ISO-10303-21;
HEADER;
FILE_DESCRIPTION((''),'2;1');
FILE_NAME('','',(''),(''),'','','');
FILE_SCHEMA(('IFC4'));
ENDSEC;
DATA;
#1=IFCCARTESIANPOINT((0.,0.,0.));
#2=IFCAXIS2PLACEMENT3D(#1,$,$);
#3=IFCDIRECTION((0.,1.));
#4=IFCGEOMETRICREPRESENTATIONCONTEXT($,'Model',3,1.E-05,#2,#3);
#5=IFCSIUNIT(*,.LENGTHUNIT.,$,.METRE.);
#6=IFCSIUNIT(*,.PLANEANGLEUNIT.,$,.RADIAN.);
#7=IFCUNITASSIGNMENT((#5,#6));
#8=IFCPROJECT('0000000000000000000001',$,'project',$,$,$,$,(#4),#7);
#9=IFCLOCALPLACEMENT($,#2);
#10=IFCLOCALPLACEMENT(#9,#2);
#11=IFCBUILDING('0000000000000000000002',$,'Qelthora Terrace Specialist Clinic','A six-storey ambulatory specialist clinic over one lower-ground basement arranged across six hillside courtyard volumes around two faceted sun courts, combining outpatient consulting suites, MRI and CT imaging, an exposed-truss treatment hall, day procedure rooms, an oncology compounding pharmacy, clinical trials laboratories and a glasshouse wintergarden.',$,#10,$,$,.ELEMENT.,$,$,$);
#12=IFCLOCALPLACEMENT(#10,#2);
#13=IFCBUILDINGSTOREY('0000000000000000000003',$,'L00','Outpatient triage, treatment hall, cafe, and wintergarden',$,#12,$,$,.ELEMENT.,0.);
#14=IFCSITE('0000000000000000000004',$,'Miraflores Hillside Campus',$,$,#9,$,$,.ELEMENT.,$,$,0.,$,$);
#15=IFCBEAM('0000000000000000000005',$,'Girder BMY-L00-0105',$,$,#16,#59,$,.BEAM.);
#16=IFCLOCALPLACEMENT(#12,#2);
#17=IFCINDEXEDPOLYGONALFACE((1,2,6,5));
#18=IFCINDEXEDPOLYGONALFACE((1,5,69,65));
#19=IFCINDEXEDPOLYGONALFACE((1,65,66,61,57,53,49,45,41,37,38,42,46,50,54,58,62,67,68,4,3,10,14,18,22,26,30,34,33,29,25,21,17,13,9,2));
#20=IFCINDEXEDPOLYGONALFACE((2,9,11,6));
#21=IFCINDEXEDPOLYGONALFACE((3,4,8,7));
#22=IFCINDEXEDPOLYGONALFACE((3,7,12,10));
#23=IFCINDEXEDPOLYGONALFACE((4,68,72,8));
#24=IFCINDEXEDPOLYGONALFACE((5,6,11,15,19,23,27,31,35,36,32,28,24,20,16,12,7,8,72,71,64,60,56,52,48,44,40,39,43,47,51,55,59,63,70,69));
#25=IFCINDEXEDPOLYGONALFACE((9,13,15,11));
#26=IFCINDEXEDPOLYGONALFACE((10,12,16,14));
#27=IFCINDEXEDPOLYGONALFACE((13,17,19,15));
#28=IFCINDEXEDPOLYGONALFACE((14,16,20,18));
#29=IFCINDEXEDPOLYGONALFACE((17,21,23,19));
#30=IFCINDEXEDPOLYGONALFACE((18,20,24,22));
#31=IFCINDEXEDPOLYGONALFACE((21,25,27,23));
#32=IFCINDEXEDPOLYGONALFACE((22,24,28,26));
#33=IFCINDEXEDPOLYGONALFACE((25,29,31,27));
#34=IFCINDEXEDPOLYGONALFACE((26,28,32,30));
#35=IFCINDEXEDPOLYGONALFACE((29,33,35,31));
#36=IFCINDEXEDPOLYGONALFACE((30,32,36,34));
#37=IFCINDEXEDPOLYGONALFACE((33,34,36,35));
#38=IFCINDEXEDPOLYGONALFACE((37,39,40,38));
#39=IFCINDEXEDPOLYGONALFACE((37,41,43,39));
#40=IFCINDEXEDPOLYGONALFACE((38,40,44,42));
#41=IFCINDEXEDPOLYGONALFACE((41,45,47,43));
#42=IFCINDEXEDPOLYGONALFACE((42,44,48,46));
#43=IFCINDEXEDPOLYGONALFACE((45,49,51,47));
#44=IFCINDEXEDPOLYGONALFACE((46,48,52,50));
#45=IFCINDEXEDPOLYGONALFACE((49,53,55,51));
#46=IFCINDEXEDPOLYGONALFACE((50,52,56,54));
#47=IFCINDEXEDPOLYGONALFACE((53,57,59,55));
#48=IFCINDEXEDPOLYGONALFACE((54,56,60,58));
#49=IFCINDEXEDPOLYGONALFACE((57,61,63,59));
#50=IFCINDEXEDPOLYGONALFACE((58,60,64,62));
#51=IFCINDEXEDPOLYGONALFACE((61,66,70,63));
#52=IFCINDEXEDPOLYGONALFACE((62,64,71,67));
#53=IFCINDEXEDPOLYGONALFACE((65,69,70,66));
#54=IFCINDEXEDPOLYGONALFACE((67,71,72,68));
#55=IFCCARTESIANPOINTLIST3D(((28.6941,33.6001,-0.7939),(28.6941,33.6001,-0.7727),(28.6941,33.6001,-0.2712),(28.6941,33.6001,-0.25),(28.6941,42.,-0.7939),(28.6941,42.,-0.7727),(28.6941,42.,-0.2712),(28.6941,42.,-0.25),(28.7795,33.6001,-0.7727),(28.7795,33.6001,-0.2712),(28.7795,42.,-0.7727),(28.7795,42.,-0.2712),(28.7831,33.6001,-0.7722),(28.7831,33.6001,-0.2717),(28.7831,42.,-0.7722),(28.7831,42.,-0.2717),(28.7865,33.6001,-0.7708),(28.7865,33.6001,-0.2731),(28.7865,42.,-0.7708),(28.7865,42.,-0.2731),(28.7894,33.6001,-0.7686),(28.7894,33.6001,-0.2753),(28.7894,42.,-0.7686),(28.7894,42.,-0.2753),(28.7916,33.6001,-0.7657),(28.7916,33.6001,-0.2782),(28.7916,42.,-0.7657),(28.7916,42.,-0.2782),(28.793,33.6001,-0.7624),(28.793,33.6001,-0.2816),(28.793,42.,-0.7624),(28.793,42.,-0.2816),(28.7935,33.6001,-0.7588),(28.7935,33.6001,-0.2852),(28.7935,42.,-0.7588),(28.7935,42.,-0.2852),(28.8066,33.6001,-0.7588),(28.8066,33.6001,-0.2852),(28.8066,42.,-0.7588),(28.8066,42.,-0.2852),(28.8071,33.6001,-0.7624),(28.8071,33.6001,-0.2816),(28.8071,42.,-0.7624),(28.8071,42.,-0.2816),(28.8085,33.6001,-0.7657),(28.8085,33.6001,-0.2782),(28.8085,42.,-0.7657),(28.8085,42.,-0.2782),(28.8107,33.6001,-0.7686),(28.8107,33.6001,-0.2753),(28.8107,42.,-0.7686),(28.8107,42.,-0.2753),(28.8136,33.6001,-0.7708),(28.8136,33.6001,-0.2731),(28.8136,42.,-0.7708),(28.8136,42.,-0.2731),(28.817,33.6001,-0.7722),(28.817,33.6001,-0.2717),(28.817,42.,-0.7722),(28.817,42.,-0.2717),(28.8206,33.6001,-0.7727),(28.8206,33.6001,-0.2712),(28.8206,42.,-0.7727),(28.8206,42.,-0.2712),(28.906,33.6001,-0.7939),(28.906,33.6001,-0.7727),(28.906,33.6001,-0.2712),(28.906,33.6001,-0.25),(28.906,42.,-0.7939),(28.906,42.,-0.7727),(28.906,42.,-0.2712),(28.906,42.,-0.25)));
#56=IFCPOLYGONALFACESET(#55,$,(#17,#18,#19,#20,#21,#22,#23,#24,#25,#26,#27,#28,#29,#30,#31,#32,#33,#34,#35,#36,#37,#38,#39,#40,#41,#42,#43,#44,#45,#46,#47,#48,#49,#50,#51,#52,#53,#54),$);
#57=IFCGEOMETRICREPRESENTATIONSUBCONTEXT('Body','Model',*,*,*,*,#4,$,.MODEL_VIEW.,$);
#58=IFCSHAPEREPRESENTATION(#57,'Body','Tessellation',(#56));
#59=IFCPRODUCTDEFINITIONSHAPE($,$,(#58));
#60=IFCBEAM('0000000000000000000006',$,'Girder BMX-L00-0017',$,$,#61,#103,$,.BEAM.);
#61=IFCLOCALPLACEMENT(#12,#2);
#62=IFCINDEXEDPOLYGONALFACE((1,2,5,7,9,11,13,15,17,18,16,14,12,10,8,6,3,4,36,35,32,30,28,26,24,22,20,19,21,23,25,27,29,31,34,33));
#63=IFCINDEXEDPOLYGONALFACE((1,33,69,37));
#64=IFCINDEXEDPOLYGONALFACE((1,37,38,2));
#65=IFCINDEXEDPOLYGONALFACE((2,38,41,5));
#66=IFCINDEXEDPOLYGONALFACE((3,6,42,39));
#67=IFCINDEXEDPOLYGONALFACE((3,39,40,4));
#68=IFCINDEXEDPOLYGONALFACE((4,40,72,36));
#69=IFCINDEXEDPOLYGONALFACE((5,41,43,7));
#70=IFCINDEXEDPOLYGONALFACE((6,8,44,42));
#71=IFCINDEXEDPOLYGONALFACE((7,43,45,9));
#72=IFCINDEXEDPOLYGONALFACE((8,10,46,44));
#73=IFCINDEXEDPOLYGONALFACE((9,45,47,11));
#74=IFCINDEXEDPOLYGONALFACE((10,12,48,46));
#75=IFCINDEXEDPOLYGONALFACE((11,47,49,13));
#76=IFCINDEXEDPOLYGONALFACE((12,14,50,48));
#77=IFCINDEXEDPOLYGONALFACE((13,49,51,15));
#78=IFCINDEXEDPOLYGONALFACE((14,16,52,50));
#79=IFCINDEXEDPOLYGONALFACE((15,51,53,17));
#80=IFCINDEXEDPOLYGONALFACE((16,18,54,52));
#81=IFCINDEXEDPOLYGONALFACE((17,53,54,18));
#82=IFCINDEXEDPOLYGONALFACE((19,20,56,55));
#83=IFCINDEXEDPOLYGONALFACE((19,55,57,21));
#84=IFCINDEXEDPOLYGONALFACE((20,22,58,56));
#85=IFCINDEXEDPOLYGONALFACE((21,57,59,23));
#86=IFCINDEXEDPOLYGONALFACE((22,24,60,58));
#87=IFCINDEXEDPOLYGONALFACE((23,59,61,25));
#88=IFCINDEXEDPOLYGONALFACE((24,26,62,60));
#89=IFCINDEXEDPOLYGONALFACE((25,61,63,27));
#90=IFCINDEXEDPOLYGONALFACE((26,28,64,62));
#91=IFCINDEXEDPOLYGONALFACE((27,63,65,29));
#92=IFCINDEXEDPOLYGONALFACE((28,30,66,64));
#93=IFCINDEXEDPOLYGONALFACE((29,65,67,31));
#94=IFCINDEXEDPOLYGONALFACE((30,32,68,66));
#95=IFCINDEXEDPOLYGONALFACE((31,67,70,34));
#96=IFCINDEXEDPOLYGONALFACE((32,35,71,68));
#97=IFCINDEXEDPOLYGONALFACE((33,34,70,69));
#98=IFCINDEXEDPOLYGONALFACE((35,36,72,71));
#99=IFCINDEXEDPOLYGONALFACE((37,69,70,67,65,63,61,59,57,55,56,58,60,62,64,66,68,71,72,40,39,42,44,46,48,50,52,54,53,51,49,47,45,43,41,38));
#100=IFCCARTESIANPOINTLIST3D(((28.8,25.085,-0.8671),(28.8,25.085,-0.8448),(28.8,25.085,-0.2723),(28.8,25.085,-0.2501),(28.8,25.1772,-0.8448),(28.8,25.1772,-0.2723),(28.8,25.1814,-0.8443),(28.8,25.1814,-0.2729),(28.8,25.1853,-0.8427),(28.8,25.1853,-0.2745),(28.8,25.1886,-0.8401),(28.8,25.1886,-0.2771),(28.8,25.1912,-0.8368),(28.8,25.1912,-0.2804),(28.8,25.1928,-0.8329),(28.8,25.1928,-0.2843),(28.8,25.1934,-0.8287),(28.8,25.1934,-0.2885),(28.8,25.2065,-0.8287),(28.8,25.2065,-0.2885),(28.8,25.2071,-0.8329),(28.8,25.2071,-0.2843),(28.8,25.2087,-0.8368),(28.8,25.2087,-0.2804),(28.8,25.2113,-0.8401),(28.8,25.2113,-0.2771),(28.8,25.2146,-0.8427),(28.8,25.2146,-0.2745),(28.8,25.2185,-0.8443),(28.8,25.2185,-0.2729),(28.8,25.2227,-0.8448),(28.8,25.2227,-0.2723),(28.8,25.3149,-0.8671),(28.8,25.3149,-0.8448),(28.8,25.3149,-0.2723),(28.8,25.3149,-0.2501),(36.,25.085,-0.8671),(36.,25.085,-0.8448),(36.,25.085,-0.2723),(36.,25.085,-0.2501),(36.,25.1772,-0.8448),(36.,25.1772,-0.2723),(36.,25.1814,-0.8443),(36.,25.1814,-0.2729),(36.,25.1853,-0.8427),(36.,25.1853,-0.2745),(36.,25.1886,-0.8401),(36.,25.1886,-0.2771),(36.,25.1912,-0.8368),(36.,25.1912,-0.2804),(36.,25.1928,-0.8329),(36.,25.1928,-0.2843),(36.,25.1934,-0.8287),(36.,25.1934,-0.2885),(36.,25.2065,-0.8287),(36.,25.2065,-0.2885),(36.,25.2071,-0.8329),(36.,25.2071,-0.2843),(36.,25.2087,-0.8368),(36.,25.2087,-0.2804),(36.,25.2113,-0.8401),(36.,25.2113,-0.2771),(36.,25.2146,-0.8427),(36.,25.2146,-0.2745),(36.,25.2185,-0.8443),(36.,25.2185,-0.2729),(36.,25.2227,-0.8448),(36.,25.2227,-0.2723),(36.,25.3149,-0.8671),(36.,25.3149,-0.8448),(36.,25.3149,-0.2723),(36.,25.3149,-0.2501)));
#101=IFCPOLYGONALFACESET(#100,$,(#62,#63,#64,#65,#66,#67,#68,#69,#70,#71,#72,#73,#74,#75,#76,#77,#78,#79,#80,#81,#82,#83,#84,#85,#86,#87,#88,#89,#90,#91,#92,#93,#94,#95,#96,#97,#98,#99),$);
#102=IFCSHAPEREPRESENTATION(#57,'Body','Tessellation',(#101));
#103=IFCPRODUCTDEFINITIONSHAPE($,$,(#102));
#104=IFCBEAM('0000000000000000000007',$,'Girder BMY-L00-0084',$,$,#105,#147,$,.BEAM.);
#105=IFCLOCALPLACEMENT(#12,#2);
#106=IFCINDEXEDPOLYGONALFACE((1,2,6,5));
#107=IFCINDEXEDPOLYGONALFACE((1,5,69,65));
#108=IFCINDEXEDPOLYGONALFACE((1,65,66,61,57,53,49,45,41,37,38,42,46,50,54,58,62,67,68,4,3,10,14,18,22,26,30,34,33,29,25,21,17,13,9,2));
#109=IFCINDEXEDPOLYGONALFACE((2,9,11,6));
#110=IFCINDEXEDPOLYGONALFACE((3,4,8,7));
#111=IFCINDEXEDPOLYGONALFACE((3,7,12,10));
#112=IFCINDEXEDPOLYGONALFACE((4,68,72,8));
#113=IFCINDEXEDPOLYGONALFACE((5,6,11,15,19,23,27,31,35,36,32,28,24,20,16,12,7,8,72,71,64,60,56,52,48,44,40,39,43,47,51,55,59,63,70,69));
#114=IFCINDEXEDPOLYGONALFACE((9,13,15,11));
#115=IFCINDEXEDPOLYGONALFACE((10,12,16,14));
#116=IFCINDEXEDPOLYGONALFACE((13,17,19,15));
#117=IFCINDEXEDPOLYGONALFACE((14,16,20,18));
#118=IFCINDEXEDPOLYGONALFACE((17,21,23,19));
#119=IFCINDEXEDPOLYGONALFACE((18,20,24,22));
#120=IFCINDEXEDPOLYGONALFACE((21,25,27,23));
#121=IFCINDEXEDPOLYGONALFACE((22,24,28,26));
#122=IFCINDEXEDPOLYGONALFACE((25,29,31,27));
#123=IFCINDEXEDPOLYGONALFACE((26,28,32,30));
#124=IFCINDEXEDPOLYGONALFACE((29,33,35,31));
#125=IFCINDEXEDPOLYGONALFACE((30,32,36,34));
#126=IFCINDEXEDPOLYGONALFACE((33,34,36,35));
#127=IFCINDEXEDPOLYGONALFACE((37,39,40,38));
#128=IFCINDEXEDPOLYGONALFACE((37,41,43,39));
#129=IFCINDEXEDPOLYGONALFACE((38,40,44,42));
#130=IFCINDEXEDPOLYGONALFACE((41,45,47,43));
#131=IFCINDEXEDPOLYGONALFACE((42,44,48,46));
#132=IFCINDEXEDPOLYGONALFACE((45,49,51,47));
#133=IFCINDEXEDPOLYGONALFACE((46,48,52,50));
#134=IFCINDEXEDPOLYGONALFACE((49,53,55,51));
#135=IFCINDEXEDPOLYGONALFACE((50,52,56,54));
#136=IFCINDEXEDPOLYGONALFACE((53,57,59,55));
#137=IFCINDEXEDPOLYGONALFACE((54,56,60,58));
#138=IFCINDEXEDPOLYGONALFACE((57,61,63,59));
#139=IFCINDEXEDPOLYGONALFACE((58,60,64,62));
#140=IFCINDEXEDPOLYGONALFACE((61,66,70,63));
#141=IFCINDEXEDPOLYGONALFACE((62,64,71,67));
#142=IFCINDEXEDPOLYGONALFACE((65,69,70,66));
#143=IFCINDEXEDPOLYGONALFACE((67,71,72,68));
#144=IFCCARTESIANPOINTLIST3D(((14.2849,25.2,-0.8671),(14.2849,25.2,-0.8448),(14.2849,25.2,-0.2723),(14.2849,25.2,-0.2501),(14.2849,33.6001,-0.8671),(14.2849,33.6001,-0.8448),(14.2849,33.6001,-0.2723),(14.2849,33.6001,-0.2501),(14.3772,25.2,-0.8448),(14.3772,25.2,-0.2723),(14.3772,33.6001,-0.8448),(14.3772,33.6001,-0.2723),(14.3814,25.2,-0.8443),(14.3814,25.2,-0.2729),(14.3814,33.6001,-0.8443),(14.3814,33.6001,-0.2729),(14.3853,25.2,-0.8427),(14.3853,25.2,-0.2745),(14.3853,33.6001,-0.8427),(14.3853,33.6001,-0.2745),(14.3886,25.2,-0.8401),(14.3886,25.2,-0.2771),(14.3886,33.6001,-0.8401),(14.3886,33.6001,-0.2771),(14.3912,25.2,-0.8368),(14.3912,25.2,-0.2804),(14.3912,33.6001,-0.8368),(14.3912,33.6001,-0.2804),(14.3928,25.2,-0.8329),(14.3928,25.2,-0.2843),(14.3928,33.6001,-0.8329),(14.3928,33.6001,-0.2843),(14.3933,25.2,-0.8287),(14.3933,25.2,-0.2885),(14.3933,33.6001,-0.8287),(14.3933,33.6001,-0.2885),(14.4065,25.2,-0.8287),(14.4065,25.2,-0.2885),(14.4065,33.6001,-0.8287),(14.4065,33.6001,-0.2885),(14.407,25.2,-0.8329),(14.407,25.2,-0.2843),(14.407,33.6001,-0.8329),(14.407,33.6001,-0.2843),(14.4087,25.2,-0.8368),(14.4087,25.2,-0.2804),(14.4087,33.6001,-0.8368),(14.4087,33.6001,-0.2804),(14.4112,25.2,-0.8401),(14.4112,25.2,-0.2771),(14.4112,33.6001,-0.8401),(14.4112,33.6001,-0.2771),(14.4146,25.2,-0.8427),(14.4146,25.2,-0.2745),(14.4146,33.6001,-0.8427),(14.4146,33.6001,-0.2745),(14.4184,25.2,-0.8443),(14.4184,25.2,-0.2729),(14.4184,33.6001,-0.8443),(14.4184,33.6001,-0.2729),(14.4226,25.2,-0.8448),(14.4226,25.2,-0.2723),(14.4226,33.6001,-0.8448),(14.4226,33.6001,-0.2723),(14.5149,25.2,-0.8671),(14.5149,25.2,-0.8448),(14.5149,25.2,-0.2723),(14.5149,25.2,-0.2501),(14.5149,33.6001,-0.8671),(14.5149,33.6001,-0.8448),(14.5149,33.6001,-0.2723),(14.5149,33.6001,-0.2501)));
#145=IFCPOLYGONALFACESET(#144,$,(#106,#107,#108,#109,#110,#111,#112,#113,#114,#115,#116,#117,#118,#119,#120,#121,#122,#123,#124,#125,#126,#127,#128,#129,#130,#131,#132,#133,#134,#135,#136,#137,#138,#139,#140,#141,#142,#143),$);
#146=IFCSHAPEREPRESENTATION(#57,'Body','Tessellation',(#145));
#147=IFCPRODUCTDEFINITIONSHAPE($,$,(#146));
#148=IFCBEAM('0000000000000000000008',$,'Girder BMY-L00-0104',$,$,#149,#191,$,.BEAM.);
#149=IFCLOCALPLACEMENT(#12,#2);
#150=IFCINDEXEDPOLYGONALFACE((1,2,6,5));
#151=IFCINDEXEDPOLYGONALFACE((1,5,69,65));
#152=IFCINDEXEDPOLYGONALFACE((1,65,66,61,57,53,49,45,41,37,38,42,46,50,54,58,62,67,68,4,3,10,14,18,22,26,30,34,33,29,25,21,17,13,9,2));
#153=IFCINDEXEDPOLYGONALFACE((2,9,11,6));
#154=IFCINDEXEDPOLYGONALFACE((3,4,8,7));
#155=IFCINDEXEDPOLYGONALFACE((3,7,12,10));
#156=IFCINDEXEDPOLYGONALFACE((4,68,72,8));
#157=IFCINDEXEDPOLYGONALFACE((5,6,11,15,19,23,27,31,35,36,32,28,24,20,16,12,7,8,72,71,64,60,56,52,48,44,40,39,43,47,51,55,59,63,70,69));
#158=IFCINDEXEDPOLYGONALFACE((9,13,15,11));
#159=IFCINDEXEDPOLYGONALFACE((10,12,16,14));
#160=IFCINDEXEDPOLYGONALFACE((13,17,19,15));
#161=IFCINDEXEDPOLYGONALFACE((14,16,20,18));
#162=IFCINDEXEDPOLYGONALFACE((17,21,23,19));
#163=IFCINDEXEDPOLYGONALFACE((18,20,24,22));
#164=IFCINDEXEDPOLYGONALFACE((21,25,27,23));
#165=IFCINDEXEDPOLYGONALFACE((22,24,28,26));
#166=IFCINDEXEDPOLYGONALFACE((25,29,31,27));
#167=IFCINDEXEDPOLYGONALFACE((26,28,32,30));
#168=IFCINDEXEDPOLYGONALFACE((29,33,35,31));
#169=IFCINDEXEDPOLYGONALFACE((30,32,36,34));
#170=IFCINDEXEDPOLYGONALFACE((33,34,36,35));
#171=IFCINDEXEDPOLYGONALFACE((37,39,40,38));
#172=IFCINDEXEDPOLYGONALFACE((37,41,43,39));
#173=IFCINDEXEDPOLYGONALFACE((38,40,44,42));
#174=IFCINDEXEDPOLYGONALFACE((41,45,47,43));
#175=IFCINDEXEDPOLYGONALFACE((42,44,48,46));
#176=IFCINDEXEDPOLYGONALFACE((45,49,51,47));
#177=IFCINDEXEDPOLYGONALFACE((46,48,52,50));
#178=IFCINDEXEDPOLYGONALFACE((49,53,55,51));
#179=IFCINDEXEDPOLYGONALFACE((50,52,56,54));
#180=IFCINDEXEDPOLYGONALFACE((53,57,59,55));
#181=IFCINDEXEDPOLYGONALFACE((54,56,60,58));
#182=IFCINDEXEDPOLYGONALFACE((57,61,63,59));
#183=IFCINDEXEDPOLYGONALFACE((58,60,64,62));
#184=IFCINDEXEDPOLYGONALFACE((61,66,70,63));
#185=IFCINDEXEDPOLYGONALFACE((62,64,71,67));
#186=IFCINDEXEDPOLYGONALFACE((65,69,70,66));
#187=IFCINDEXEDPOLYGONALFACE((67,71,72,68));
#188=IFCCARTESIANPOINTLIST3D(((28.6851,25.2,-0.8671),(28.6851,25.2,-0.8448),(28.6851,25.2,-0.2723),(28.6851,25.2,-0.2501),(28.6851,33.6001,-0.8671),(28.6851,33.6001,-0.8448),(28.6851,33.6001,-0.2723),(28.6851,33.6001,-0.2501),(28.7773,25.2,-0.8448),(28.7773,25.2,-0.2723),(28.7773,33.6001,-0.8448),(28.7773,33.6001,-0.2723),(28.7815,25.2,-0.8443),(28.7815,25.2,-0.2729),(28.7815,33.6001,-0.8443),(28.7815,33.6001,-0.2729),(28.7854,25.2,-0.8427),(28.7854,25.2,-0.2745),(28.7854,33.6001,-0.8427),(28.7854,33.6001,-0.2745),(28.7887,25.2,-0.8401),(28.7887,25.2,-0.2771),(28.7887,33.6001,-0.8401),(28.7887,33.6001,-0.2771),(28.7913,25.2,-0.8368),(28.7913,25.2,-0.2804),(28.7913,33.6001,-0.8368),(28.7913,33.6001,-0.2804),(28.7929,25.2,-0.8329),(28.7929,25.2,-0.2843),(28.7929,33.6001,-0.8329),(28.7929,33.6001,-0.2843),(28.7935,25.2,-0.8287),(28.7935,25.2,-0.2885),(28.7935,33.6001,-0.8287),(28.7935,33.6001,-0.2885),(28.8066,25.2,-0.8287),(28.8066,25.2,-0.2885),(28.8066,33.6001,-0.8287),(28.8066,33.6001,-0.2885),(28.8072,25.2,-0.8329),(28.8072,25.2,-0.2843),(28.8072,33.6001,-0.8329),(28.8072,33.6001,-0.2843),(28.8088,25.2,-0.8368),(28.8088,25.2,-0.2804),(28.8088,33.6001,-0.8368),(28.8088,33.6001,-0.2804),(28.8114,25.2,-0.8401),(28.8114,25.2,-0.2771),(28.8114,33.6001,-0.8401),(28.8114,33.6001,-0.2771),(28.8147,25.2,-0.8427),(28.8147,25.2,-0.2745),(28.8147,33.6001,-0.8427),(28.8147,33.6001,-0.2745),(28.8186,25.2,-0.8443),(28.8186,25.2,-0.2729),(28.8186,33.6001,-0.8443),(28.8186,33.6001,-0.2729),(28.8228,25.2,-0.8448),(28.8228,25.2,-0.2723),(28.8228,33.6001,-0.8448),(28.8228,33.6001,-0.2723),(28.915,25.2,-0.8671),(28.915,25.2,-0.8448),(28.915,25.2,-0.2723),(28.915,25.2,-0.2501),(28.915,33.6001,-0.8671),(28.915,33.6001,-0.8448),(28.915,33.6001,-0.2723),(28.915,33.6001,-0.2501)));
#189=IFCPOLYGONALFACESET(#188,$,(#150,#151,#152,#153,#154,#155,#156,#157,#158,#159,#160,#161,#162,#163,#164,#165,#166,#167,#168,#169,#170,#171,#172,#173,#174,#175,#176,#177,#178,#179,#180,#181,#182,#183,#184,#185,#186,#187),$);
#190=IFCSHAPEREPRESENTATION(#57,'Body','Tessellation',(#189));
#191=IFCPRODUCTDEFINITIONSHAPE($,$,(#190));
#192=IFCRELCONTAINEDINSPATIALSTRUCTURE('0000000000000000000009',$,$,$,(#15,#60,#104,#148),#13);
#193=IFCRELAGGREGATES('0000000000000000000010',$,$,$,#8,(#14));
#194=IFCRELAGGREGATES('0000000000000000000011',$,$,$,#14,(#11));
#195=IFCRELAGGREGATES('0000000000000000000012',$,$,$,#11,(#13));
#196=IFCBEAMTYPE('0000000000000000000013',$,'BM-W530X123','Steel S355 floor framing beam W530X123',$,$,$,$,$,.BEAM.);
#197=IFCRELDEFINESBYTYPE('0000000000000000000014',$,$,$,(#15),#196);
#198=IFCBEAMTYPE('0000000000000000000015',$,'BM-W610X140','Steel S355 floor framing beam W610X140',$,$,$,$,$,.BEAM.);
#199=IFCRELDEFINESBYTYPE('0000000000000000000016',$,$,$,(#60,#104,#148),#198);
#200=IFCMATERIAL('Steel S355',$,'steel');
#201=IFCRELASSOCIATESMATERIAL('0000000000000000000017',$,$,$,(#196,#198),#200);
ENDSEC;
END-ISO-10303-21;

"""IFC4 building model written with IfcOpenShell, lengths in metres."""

from ifc_helpers import new_model, si_unit, direction, frame, origin, origin_2d, place, context, subcontext, project, spatial, i_section, extrude, material, material_profile, profile_set, type_object, element, save


model = new_model("IFC4")

# Units and contexts
model_context = context("Model", 3, precision=1e-05, world=origin(), true_north=direction((0.0, 1.0)))
body_context = subcontext(model_context, "Body", "Model", "MODEL_VIEW")
ifc_project = project(units=[si_unit("LENGTHUNIT", "METRE"), si_unit("PLANEANGLEUNIT", "RADIAN")], contexts=[model_context])

# Site, building, storey
site_placement = place(None, origin())
site = spatial("IfcSite", under=ifc_project, at=site_placement, Name="Miraflores Hillside Campus", CompositionType="ELEMENT", RefElevation=0.0)
building_placement = place(site_placement, origin())
building = spatial("IfcBuilding", under=site, at=building_placement, Name="Qelthora Terrace Specialist Clinic", Description="A six-storey ambulatory specialist clinic over one lower-ground basement arranged across six hillside courtyard volumes around two faceted sun courts, combining outpatient consulting suites, MRI and CT imaging, an exposed-truss treatment hall, day procedure rooms, an oncology compounding pharmacy, clinical trials laboratories and a glasshouse wintergarden.", CompositionType="ELEMENT")
storey_placement = place(building_placement, origin())
storey = spatial("IfcBuildingStorey", under=building, at=storey_placement, Name="L00", Description="Outpatient triage, treatment hall, cafe, and wintergarden", CompositionType="ELEMENT", Elevation=0.0)

# Shared definitions
ifc_material_1 = material(Name="Steel S355", Category="steel")

# Beams
ifc_material_profile_1 = material_profile(ifc_material_1, i_section(OverallWidth=0.2119, OverallDepth=0.5439, WebThickness=0.0132, FlangeThickness=0.0212, FilletRadius=0.0139, at=origin_2d()), Name="W530X123")
ifc_profile_set_1 = profile_set([ifc_material_profile_1], Name="Steel S355")
beam_type_1 = type_object("IfcBeamType", Name="BM-W530X123", Description="Steel S355 floor framing beam W530X123", PredefinedType="BEAM", material=ifc_profile_set_1)
for number, where, z_axis, x_axis, name in (
    (1, (28.8, 33.6001, -0.522), (0.0, 1.0, 0.0), (-1.0, 0.0, 0.0), "Girder BMY-L00-0105"),
):
    element("IfcBeam", number, at=place(storey_placement, frame(where, z_axis=z_axis, x_axis=x_axis)), inside=storey, type_object=beam_type_1, Name=name, PredefinedType="BEAM", context=body_context, shape_type="SweptSolid", body=[
        extrude(i_section(OverallWidth=0.2119, OverallDepth=0.5439, WebThickness=0.0132, FlangeThickness=0.0212, FilletRadius=0.0139, at=origin_2d()), origin(), (0.0, 0.0, 1.0), 8.3999),
    ])
ifc_material_profile_2 = material_profile(ifc_material_1, i_section(OverallWidth=0.23, OverallDepth=0.6169, WebThickness=0.0132, FlangeThickness=0.0222, FilletRadius=0.0161, at=origin_2d()), Name="W610X140")
ifc_profile_set_2 = profile_set([ifc_material_profile_2], Name="Steel S355")
beam_type_2 = type_object("IfcBeamType", Name="BM-W610X140", Description="Steel S355 floor framing beam W610X140", PredefinedType="BEAM", material=ifc_profile_set_2)
beam_1_placement = place(storey_placement, frame((28.8, 25.2, -0.5586), z_axis=(1.0, 0.0, 0.0), x_axis=(0.0, 1.0, 0.0)))
element("IfcBeam", 2, at=beam_1_placement, inside=storey, type_object=beam_type_2, Name="Girder BMX-L00-0017", PredefinedType="BEAM", context=body_context, shape_type="SweptSolid", body=[
    extrude(i_section(OverallWidth=0.23, OverallDepth=0.6169, WebThickness=0.0132, FlangeThickness=0.0222, FilletRadius=0.0161, at=origin_2d()), origin(), (0.0, 0.0, 1.0), 7.2),
])
for number, where, z_axis, x_axis, name in (
    (3, (14.3999, 25.2, -0.5586), (0.0, 1.0, 0.0), (-1.0, 0.0, 0.0), "Girder BMY-L00-0084"),
    (4, (28.8, 25.2, -0.5586), (0.0, 1.0, 0.0), (-1.0, 0.0, 0.0), "Girder BMY-L00-0104"),
):
    element("IfcBeam", number, at=place(storey_placement, frame(where, z_axis=z_axis, x_axis=x_axis)), inside=storey, type_object=beam_type_2, Name=name, PredefinedType="BEAM", context=body_context, shape_type="SweptSolid", body=[
        extrude(i_section(OverallWidth=0.23, OverallDepth=0.6169, WebThickness=0.0132, FlangeThickness=0.0222, FilletRadius=0.0161, at=origin_2d()), origin(), (0.0, 0.0, 1.0), 8.4001),
    ])

save(model, "model.ifc")
